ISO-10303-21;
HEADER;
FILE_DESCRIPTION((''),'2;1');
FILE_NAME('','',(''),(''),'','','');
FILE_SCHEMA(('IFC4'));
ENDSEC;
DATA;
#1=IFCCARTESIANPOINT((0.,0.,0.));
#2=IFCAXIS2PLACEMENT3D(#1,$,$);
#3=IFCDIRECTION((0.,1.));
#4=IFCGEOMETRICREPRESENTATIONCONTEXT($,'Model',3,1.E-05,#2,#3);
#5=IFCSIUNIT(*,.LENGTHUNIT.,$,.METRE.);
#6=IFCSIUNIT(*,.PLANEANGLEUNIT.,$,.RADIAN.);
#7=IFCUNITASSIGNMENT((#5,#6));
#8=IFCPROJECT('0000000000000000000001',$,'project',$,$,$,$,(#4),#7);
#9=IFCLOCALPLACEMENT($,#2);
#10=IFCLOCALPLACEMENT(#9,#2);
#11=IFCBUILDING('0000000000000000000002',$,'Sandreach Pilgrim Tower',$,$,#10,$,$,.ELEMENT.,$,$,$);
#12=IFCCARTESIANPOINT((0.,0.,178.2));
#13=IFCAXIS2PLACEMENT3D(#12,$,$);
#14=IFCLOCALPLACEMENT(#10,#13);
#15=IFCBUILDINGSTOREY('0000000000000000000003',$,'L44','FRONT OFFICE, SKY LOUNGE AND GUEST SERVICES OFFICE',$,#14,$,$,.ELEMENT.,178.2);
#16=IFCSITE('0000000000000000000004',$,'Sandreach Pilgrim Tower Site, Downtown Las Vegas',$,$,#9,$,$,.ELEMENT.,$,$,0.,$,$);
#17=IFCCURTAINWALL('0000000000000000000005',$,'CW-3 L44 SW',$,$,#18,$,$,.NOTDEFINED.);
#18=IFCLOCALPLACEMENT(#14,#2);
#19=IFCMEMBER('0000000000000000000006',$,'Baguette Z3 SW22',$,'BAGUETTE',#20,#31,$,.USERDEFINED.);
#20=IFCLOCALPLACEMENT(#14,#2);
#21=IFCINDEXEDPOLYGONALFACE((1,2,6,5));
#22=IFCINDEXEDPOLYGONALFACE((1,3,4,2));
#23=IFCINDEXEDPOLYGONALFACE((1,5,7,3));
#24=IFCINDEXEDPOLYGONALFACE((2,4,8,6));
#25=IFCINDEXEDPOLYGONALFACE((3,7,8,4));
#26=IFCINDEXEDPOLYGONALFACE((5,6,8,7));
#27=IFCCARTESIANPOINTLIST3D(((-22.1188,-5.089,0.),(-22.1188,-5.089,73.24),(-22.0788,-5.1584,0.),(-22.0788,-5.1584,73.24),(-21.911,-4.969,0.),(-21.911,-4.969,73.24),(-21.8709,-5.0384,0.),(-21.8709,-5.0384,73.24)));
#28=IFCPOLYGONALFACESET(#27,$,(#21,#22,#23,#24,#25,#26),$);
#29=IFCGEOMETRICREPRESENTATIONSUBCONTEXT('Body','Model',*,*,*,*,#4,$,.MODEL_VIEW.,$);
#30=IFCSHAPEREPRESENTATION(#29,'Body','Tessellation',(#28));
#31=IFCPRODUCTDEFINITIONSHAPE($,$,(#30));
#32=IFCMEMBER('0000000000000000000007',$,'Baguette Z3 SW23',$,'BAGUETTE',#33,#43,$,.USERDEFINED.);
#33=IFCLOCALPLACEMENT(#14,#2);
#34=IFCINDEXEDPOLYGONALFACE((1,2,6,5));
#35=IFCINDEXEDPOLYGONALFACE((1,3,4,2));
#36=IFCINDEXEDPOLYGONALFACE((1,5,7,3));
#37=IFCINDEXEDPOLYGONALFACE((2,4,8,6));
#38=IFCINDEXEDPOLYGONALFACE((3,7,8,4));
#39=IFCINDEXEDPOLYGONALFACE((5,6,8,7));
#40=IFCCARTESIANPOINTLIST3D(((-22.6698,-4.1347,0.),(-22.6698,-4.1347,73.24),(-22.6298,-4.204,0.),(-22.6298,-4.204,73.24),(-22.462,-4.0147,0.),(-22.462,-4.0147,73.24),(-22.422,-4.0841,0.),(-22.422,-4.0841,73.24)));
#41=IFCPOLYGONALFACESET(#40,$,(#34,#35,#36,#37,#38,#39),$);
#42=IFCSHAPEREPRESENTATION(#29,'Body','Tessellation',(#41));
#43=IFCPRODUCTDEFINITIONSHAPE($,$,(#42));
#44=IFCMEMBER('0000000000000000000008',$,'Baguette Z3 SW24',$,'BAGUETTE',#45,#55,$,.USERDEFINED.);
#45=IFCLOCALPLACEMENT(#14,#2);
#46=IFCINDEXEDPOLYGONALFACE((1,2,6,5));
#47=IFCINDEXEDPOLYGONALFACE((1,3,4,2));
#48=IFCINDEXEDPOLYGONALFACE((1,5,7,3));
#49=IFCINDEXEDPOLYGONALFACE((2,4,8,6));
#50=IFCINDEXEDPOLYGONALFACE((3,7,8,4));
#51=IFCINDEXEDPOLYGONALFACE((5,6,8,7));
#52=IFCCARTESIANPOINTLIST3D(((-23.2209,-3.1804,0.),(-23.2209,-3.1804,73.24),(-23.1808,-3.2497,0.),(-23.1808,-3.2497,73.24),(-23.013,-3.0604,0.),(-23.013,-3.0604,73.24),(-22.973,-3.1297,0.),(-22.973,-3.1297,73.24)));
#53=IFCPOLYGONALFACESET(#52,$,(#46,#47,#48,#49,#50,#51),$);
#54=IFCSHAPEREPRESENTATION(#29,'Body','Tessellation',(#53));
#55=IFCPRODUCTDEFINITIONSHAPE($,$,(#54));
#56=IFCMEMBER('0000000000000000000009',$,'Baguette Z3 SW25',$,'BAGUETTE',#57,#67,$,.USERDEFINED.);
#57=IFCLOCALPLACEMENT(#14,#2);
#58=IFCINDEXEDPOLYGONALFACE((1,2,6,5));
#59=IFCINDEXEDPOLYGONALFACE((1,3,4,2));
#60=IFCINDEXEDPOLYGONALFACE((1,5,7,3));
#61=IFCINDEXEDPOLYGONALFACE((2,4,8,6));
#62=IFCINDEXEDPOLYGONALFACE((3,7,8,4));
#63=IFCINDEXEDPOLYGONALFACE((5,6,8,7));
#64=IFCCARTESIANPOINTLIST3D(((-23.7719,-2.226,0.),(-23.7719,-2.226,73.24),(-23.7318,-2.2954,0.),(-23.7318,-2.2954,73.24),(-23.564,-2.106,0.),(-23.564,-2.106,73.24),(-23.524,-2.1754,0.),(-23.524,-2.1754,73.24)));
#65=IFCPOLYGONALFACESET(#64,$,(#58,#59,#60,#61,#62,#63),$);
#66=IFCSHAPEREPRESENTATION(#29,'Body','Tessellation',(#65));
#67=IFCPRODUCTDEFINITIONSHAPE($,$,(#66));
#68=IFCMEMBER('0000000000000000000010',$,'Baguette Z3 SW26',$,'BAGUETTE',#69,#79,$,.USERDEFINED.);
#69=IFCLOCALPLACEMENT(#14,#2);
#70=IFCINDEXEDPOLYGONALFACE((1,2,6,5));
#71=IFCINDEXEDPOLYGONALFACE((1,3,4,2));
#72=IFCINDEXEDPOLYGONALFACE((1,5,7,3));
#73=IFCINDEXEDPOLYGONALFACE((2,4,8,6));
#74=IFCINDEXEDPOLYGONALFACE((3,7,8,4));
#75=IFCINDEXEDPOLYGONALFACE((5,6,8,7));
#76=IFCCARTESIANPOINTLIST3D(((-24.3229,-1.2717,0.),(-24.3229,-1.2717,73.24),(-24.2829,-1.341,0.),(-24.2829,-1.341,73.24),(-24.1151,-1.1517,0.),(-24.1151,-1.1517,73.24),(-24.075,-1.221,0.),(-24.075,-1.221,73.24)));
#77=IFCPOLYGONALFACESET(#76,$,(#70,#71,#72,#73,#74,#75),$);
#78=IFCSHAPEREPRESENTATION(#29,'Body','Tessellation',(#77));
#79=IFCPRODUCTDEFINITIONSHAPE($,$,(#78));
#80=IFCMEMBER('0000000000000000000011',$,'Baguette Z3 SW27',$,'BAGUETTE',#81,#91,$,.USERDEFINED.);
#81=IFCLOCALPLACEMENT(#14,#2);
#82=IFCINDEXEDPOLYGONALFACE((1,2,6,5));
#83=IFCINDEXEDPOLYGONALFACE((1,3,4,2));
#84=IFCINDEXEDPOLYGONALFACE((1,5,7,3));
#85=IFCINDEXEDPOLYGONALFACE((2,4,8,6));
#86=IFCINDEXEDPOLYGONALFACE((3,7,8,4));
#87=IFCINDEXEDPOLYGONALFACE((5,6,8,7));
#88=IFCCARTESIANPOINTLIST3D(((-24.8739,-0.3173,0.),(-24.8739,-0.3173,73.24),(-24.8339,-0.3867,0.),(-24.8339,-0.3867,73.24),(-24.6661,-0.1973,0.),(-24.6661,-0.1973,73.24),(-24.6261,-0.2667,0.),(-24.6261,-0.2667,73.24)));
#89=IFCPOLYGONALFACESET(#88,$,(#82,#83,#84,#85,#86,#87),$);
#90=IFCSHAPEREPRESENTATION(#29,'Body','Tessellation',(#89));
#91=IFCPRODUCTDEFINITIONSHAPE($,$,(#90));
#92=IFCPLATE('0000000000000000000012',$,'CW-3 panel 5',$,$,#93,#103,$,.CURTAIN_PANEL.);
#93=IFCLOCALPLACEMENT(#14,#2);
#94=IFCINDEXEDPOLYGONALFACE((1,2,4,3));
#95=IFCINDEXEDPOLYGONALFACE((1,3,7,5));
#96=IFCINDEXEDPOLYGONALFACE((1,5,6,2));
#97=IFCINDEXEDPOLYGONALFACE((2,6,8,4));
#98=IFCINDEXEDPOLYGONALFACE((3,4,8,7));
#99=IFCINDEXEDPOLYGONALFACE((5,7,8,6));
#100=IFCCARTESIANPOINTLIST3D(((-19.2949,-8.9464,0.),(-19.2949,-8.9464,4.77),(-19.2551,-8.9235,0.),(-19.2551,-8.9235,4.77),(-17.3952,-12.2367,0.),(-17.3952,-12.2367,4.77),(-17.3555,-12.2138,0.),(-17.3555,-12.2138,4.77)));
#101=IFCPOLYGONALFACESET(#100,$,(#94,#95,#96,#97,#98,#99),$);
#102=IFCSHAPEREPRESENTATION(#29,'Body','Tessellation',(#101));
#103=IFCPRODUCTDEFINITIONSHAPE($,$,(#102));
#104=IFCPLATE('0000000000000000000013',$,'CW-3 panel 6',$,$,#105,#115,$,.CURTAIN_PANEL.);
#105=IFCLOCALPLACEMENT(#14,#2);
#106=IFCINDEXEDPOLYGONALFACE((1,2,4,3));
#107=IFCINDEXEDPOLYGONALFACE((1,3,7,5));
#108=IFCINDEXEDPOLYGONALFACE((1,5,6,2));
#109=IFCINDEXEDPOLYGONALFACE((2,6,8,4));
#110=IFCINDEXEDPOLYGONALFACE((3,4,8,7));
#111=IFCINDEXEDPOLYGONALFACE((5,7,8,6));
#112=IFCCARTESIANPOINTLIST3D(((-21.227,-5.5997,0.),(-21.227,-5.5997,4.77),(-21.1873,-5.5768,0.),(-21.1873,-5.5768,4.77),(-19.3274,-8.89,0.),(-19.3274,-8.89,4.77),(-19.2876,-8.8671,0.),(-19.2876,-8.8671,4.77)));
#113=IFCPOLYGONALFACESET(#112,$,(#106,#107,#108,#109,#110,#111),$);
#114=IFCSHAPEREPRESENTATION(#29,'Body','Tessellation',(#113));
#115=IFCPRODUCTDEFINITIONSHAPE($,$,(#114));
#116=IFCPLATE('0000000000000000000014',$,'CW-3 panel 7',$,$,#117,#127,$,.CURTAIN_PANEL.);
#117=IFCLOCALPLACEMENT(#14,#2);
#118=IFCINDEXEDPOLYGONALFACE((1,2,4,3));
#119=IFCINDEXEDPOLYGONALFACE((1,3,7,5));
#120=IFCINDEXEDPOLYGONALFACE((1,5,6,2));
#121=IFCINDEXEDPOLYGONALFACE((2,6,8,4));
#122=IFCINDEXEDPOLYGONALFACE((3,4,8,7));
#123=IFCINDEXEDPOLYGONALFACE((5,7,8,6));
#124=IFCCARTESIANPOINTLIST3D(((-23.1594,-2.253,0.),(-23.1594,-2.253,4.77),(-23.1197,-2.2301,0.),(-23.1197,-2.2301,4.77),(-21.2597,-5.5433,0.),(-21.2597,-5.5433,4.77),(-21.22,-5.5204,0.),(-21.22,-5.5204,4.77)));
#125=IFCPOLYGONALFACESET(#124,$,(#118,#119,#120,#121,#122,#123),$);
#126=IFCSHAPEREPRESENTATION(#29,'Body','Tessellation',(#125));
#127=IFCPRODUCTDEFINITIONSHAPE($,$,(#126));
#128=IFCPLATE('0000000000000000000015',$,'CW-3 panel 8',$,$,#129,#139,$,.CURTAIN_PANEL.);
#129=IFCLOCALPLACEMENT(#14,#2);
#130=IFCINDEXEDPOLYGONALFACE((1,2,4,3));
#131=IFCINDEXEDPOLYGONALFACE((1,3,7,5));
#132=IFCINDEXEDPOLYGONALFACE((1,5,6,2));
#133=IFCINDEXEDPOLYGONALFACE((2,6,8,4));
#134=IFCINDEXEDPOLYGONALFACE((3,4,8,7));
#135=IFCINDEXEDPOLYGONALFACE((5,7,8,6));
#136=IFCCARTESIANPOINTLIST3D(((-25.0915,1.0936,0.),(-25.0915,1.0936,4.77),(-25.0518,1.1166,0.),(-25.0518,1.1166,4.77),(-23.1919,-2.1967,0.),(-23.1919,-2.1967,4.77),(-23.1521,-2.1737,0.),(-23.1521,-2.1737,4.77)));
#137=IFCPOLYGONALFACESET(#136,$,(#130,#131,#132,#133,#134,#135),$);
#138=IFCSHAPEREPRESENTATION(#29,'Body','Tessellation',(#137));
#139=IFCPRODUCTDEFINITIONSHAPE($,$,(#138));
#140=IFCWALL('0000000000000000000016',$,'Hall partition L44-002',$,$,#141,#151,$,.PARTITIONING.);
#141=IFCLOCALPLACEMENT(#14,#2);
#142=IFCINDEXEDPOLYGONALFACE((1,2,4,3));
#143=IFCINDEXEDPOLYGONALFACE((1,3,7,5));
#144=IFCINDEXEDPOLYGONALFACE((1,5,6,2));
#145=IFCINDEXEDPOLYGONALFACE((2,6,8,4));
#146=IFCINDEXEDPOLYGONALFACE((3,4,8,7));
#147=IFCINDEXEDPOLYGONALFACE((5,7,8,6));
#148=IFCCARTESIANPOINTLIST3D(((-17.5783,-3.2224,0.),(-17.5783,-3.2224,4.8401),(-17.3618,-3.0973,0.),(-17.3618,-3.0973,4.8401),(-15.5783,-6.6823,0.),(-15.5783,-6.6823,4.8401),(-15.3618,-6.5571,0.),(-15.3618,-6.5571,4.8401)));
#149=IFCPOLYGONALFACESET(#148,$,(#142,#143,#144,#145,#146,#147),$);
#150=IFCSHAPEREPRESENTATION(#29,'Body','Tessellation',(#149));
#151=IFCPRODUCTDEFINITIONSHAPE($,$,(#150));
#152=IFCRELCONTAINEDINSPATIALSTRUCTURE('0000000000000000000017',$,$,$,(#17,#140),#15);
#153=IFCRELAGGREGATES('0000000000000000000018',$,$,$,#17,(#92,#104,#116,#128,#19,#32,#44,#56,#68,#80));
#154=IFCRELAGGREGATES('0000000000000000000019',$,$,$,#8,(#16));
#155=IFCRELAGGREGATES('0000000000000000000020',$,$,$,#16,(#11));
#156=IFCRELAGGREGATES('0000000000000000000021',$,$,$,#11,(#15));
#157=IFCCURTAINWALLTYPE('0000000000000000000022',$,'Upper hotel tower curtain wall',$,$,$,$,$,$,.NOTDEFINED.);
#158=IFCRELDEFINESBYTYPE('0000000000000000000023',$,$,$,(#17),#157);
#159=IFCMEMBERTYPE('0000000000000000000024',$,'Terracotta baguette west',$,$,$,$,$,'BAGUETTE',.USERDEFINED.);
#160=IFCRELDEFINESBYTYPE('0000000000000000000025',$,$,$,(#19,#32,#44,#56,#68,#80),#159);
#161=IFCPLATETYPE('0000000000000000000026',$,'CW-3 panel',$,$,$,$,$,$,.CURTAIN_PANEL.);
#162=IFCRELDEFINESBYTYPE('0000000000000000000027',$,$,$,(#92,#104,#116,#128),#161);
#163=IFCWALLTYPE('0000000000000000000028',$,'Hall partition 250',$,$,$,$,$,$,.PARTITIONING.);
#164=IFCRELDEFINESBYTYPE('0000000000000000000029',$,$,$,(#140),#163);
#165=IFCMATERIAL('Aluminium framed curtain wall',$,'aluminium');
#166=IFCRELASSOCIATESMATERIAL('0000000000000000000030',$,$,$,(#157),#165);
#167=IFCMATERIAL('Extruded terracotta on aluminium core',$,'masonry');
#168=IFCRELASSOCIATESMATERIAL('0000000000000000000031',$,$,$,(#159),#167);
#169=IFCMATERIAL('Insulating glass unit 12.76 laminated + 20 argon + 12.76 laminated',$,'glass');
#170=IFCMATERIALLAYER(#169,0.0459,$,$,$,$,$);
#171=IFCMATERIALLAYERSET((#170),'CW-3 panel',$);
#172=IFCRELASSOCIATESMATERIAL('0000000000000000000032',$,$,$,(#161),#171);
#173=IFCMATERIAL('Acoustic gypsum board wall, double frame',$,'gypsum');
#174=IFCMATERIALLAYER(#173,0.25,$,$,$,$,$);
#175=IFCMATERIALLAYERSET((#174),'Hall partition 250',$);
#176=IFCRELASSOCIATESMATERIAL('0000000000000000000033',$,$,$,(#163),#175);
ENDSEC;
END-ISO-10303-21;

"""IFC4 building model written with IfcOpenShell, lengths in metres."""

from ifc_helpers import new_model, si_unit, direction, frame, frame_2d, origin, origin_2d, place, context, subcontext, project, spatial, rectangle, extrude, material, layer, layer_set, material_profile, profile_set, type_object, element, aggregate, save


model = new_model("IFC4")

# Units and contexts
model_context = context("Model", 3, precision=1e-05, world=origin(), true_north=direction((0.0, 1.0)))
body_context = subcontext(model_context, "Body", "Model", "MODEL_VIEW")
ifc_project = project(units=[si_unit("LENGTHUNIT", "METRE"), si_unit("PLANEANGLEUNIT", "RADIAN")], contexts=[model_context])

# Site, building, storey
site_placement = place(None, origin())
site = spatial("IfcSite", under=ifc_project, at=site_placement, Name="Sandreach Pilgrim Tower Site, Downtown Las Vegas", CompositionType="ELEMENT", RefElevation=0.0)
building_placement = place(site_placement, origin())
building = spatial("IfcBuilding", under=site, at=building_placement, Name="Sandreach Pilgrim Tower", CompositionType="ELEMENT")
storey_placement = place(building_placement, frame((0.0, 0.0, 178.2)))
storey = spatial("IfcBuildingStorey", under=building, at=storey_placement, Name="L44", Description="FRONT OFFICE, SKY LOUNGE AND GUEST SERVICES OFFICE", CompositionType="ELEMENT", Elevation=178.2)

# Curtain wall
ifc_material_1 = material(Name="Aluminium framed curtain wall", Category="aluminium")
curtain_wall_type = type_object("IfcCurtainWallType", Name="Upper hotel tower curtain wall", PredefinedType="NOTDEFINED", material=ifc_material_1)
curtain_wall_placement = place(storey_placement, origin())
curtain_wall = element("IfcCurtainWall", 1, at=curtain_wall_placement, inside=storey, type_object=curtain_wall_type, Name="CW-3 L44 SW", PredefinedType="NOTDEFINED")

# Members
ifc_material_2 = material(Name="Extruded terracotta on aluminium core", Category="masonry")
ifc_material_profile_1 = material_profile(ifc_material_2, rectangle(XDim=0.0801, YDim=0.24, at=origin_2d()), Name="TBW 80X240")
ifc_profile_set_1 = profile_set([ifc_material_profile_1], Name="Extruded terracotta on aluminium core")
member_type_1 = type_object("IfcMemberType", Name="Terracotta baguette west", ElementType="BAGUETTE", PredefinedType="USERDEFINED", material=ifc_profile_set_1)
member_1_placement = place(storey_placement, frame((-21.9949, -5.0637, 0.0), z_axis=(0.0, 0.0, 1.0), x_axis=(-0.5, 0.866025, 0.0)))
member_1 = element("IfcMember", 2, at=member_1_placement, type_object=member_type_1, Name="Baguette Z3 SW22", ObjectType="BAGUETTE", PredefinedType="USERDEFINED", context=body_context, shape_type="SweptSolid", body=[
    extrude(rectangle(XDim=0.0801, YDim=0.24, at=origin_2d()), origin(), (0.0, 0.0, 1.0), 73.24),
])
member_2_placement = place(storey_placement, frame((-22.5459, -4.1094, 0.0), z_axis=(0.0, 0.0, 1.0), x_axis=(-0.5, 0.866025, 0.0)))
member_2 = element("IfcMember", 3, at=member_2_placement, type_object=member_type_1, Name="Baguette Z3 SW23", ObjectType="BAGUETTE", PredefinedType="USERDEFINED", context=body_context, shape_type="SweptSolid", body=[
    extrude(rectangle(XDim=0.0801, YDim=0.24, at=origin_2d()), origin(), (0.0, 0.0, 1.0), 73.24),
])
member_3_placement = place(storey_placement, frame((-23.0969, -3.155, 0.0), z_axis=(0.0, 0.0, 1.0), x_axis=(-0.5, 0.866025, 0.0)))
member_3 = element("IfcMember", 4, at=member_3_placement, type_object=member_type_1, Name="Baguette Z3 SW24", ObjectType="BAGUETTE", PredefinedType="USERDEFINED", context=body_context, shape_type="SweptSolid", body=[
    extrude(rectangle(XDim=0.0801, YDim=0.24, at=origin_2d()), origin(), (0.0, 0.0, 1.0), 73.24),
])
member_4_placement = place(storey_placement, frame((-23.6479, -2.2007, 0.0), z_axis=(0.0, 0.0, 1.0), x_axis=(-0.5, 0.866025, 0.0)))
member_4 = element("IfcMember", 5, at=member_4_placement, type_object=member_type_1, Name="Baguette Z3 SW25", ObjectType="BAGUETTE", PredefinedType="USERDEFINED", context=body_context, shape_type="SweptSolid", body=[
    extrude(rectangle(XDim=0.0801, YDim=0.24, at=origin_2d()), origin(), (0.0, 0.0, 1.0), 73.24),
])
member_5_placement = place(storey_placement, frame((-24.199, -1.2463, 0.0), z_axis=(0.0, 0.0, 1.0), x_axis=(-0.5, 0.866025, 0.0)))
member_5 = element("IfcMember", 6, at=member_5_placement, type_object=member_type_1, Name="Baguette Z3 SW26", ObjectType="BAGUETTE", PredefinedType="USERDEFINED", context=body_context, shape_type="SweptSolid", body=[
    extrude(rectangle(XDim=0.0801, YDim=0.24, at=origin_2d()), origin(), (0.0, 0.0, 1.0), 73.24),
])
member_6_placement = place(storey_placement, frame((-24.75, -0.292, 0.0), z_axis=(0.0, 0.0, 1.0), x_axis=(-0.5, 0.866025, 0.0)))
member_6 = element("IfcMember", 7, at=member_6_placement, type_object=member_type_1, Name="Baguette Z3 SW27", ObjectType="BAGUETTE", PredefinedType="USERDEFINED", context=body_context, shape_type="SweptSolid", body=[
    extrude(rectangle(XDim=0.0801, YDim=0.24, at=origin_2d()), origin(), (0.0, 0.0, 1.0), 73.24),
])

# Plates
ifc_material_3 = material(Name="Insulating glass unit 12.76 laminated + 20 argon + 12.76 laminated", Category="glass")
ifc_layer_1 = layer(ifc_material_3, 0.0459)
ifc_layer_set_1 = layer_set([ifc_layer_1], Name="CW-3 panel")
plate_type = type_object("IfcPlateType", Name="CW-3 panel", PredefinedType="CURTAIN_PANEL", material=ifc_layer_set_1)
plate_1_placement = place(storey_placement, frame((-18.3252, -10.5801, 0.0), z_axis=(0.0, 0.0, 1.0), x_axis=(-0.5, 0.866025, 0.0)))
plate_1 = element("IfcPlate", 8, at=plate_1_placement, type_object=plate_type, Name="CW-3 panel 5", PredefinedType="CURTAIN_PANEL", context=body_context, shape_type="SweptSolid", body=[
    extrude(rectangle(XDim=3.7993, YDim=0.0459, at=origin_2d()), origin(), (0.0, 0.0, 1.0), 4.77),
])
plate_2_placement = place(storey_placement, frame((-20.2573, -7.2334, 0.0), z_axis=(0.0, 0.0, 1.0), x_axis=(-0.5, 0.866025, 0.0)))
plate_2 = element("IfcPlate", 9, at=plate_2_placement, type_object=plate_type, Name="CW-3 panel 6", PredefinedType="CURTAIN_PANEL", context=body_context, shape_type="SweptSolid", body=[
    extrude(rectangle(XDim=3.7993, YDim=0.0459, at=origin_2d()), origin(), (0.0, 0.0, 1.0), 4.77),
])
plate_3_placement = place(storey_placement, frame((-22.1897, -3.8867, 0.0), z_axis=(0.0, 0.0, 1.0), x_axis=(-0.5, 0.866025, 0.0)))
plate_3 = element("IfcPlate", 10, at=plate_3_placement, type_object=plate_type, Name="CW-3 panel 7", PredefinedType="CURTAIN_PANEL", context=body_context, shape_type="SweptSolid", body=[
    extrude(rectangle(XDim=3.7993, YDim=0.0459, at=origin_2d()), origin(), (0.0, 0.0, 1.0), 4.77),
])
plate_4_placement = place(storey_placement, frame((-24.1218, -0.54, 0.0), z_axis=(0.0, 0.0, 1.0), x_axis=(-0.5, 0.866025, 0.0)))
plate_4 = element("IfcPlate", 11, at=plate_4_placement, type_object=plate_type, Name="CW-3 panel 8", PredefinedType="CURTAIN_PANEL", context=body_context, shape_type="SweptSolid", body=[
    extrude(rectangle(XDim=3.7993, YDim=0.0459, at=origin_2d()), origin(), (0.0, 0.0, 1.0), 4.77),
])
aggregate(curtain_wall, [plate_1, plate_2, plate_3, plate_4, member_1, member_2, member_3, member_4, member_5, member_6])

# Wall
ifc_material_4 = material(Name="Acoustic gypsum board wall, double frame", Category="gypsum")
ifc_layer_2 = layer(ifc_material_4, 0.25)
ifc_layer_set_2 = layer_set([ifc_layer_2], Name="Hall partition 250")
wall_type = type_object("IfcWallType", Name="Hall partition 250", PredefinedType="PARTITIONING", material=ifc_layer_set_2)
wall_placement = place(storey_placement, frame((-17.47, -3.1599, 0.0), z_axis=(0.0, 0.0, 1.0), x_axis=(0.500449, -0.865766, 0.0)))
element("IfcWall", 12, at=wall_placement, inside=storey, type_object=wall_type, Name="Hall partition L44-002", PredefinedType="PARTITIONING", context=body_context, shape_type="SweptSolid", body=[
    extrude(rectangle(XDim=3.9963, YDim=0.25, at=frame_2d((1.998, 0.0))), origin(), (0.0, 0.0, 1.0), 4.8401),
])

save(model, "model.ifc")
